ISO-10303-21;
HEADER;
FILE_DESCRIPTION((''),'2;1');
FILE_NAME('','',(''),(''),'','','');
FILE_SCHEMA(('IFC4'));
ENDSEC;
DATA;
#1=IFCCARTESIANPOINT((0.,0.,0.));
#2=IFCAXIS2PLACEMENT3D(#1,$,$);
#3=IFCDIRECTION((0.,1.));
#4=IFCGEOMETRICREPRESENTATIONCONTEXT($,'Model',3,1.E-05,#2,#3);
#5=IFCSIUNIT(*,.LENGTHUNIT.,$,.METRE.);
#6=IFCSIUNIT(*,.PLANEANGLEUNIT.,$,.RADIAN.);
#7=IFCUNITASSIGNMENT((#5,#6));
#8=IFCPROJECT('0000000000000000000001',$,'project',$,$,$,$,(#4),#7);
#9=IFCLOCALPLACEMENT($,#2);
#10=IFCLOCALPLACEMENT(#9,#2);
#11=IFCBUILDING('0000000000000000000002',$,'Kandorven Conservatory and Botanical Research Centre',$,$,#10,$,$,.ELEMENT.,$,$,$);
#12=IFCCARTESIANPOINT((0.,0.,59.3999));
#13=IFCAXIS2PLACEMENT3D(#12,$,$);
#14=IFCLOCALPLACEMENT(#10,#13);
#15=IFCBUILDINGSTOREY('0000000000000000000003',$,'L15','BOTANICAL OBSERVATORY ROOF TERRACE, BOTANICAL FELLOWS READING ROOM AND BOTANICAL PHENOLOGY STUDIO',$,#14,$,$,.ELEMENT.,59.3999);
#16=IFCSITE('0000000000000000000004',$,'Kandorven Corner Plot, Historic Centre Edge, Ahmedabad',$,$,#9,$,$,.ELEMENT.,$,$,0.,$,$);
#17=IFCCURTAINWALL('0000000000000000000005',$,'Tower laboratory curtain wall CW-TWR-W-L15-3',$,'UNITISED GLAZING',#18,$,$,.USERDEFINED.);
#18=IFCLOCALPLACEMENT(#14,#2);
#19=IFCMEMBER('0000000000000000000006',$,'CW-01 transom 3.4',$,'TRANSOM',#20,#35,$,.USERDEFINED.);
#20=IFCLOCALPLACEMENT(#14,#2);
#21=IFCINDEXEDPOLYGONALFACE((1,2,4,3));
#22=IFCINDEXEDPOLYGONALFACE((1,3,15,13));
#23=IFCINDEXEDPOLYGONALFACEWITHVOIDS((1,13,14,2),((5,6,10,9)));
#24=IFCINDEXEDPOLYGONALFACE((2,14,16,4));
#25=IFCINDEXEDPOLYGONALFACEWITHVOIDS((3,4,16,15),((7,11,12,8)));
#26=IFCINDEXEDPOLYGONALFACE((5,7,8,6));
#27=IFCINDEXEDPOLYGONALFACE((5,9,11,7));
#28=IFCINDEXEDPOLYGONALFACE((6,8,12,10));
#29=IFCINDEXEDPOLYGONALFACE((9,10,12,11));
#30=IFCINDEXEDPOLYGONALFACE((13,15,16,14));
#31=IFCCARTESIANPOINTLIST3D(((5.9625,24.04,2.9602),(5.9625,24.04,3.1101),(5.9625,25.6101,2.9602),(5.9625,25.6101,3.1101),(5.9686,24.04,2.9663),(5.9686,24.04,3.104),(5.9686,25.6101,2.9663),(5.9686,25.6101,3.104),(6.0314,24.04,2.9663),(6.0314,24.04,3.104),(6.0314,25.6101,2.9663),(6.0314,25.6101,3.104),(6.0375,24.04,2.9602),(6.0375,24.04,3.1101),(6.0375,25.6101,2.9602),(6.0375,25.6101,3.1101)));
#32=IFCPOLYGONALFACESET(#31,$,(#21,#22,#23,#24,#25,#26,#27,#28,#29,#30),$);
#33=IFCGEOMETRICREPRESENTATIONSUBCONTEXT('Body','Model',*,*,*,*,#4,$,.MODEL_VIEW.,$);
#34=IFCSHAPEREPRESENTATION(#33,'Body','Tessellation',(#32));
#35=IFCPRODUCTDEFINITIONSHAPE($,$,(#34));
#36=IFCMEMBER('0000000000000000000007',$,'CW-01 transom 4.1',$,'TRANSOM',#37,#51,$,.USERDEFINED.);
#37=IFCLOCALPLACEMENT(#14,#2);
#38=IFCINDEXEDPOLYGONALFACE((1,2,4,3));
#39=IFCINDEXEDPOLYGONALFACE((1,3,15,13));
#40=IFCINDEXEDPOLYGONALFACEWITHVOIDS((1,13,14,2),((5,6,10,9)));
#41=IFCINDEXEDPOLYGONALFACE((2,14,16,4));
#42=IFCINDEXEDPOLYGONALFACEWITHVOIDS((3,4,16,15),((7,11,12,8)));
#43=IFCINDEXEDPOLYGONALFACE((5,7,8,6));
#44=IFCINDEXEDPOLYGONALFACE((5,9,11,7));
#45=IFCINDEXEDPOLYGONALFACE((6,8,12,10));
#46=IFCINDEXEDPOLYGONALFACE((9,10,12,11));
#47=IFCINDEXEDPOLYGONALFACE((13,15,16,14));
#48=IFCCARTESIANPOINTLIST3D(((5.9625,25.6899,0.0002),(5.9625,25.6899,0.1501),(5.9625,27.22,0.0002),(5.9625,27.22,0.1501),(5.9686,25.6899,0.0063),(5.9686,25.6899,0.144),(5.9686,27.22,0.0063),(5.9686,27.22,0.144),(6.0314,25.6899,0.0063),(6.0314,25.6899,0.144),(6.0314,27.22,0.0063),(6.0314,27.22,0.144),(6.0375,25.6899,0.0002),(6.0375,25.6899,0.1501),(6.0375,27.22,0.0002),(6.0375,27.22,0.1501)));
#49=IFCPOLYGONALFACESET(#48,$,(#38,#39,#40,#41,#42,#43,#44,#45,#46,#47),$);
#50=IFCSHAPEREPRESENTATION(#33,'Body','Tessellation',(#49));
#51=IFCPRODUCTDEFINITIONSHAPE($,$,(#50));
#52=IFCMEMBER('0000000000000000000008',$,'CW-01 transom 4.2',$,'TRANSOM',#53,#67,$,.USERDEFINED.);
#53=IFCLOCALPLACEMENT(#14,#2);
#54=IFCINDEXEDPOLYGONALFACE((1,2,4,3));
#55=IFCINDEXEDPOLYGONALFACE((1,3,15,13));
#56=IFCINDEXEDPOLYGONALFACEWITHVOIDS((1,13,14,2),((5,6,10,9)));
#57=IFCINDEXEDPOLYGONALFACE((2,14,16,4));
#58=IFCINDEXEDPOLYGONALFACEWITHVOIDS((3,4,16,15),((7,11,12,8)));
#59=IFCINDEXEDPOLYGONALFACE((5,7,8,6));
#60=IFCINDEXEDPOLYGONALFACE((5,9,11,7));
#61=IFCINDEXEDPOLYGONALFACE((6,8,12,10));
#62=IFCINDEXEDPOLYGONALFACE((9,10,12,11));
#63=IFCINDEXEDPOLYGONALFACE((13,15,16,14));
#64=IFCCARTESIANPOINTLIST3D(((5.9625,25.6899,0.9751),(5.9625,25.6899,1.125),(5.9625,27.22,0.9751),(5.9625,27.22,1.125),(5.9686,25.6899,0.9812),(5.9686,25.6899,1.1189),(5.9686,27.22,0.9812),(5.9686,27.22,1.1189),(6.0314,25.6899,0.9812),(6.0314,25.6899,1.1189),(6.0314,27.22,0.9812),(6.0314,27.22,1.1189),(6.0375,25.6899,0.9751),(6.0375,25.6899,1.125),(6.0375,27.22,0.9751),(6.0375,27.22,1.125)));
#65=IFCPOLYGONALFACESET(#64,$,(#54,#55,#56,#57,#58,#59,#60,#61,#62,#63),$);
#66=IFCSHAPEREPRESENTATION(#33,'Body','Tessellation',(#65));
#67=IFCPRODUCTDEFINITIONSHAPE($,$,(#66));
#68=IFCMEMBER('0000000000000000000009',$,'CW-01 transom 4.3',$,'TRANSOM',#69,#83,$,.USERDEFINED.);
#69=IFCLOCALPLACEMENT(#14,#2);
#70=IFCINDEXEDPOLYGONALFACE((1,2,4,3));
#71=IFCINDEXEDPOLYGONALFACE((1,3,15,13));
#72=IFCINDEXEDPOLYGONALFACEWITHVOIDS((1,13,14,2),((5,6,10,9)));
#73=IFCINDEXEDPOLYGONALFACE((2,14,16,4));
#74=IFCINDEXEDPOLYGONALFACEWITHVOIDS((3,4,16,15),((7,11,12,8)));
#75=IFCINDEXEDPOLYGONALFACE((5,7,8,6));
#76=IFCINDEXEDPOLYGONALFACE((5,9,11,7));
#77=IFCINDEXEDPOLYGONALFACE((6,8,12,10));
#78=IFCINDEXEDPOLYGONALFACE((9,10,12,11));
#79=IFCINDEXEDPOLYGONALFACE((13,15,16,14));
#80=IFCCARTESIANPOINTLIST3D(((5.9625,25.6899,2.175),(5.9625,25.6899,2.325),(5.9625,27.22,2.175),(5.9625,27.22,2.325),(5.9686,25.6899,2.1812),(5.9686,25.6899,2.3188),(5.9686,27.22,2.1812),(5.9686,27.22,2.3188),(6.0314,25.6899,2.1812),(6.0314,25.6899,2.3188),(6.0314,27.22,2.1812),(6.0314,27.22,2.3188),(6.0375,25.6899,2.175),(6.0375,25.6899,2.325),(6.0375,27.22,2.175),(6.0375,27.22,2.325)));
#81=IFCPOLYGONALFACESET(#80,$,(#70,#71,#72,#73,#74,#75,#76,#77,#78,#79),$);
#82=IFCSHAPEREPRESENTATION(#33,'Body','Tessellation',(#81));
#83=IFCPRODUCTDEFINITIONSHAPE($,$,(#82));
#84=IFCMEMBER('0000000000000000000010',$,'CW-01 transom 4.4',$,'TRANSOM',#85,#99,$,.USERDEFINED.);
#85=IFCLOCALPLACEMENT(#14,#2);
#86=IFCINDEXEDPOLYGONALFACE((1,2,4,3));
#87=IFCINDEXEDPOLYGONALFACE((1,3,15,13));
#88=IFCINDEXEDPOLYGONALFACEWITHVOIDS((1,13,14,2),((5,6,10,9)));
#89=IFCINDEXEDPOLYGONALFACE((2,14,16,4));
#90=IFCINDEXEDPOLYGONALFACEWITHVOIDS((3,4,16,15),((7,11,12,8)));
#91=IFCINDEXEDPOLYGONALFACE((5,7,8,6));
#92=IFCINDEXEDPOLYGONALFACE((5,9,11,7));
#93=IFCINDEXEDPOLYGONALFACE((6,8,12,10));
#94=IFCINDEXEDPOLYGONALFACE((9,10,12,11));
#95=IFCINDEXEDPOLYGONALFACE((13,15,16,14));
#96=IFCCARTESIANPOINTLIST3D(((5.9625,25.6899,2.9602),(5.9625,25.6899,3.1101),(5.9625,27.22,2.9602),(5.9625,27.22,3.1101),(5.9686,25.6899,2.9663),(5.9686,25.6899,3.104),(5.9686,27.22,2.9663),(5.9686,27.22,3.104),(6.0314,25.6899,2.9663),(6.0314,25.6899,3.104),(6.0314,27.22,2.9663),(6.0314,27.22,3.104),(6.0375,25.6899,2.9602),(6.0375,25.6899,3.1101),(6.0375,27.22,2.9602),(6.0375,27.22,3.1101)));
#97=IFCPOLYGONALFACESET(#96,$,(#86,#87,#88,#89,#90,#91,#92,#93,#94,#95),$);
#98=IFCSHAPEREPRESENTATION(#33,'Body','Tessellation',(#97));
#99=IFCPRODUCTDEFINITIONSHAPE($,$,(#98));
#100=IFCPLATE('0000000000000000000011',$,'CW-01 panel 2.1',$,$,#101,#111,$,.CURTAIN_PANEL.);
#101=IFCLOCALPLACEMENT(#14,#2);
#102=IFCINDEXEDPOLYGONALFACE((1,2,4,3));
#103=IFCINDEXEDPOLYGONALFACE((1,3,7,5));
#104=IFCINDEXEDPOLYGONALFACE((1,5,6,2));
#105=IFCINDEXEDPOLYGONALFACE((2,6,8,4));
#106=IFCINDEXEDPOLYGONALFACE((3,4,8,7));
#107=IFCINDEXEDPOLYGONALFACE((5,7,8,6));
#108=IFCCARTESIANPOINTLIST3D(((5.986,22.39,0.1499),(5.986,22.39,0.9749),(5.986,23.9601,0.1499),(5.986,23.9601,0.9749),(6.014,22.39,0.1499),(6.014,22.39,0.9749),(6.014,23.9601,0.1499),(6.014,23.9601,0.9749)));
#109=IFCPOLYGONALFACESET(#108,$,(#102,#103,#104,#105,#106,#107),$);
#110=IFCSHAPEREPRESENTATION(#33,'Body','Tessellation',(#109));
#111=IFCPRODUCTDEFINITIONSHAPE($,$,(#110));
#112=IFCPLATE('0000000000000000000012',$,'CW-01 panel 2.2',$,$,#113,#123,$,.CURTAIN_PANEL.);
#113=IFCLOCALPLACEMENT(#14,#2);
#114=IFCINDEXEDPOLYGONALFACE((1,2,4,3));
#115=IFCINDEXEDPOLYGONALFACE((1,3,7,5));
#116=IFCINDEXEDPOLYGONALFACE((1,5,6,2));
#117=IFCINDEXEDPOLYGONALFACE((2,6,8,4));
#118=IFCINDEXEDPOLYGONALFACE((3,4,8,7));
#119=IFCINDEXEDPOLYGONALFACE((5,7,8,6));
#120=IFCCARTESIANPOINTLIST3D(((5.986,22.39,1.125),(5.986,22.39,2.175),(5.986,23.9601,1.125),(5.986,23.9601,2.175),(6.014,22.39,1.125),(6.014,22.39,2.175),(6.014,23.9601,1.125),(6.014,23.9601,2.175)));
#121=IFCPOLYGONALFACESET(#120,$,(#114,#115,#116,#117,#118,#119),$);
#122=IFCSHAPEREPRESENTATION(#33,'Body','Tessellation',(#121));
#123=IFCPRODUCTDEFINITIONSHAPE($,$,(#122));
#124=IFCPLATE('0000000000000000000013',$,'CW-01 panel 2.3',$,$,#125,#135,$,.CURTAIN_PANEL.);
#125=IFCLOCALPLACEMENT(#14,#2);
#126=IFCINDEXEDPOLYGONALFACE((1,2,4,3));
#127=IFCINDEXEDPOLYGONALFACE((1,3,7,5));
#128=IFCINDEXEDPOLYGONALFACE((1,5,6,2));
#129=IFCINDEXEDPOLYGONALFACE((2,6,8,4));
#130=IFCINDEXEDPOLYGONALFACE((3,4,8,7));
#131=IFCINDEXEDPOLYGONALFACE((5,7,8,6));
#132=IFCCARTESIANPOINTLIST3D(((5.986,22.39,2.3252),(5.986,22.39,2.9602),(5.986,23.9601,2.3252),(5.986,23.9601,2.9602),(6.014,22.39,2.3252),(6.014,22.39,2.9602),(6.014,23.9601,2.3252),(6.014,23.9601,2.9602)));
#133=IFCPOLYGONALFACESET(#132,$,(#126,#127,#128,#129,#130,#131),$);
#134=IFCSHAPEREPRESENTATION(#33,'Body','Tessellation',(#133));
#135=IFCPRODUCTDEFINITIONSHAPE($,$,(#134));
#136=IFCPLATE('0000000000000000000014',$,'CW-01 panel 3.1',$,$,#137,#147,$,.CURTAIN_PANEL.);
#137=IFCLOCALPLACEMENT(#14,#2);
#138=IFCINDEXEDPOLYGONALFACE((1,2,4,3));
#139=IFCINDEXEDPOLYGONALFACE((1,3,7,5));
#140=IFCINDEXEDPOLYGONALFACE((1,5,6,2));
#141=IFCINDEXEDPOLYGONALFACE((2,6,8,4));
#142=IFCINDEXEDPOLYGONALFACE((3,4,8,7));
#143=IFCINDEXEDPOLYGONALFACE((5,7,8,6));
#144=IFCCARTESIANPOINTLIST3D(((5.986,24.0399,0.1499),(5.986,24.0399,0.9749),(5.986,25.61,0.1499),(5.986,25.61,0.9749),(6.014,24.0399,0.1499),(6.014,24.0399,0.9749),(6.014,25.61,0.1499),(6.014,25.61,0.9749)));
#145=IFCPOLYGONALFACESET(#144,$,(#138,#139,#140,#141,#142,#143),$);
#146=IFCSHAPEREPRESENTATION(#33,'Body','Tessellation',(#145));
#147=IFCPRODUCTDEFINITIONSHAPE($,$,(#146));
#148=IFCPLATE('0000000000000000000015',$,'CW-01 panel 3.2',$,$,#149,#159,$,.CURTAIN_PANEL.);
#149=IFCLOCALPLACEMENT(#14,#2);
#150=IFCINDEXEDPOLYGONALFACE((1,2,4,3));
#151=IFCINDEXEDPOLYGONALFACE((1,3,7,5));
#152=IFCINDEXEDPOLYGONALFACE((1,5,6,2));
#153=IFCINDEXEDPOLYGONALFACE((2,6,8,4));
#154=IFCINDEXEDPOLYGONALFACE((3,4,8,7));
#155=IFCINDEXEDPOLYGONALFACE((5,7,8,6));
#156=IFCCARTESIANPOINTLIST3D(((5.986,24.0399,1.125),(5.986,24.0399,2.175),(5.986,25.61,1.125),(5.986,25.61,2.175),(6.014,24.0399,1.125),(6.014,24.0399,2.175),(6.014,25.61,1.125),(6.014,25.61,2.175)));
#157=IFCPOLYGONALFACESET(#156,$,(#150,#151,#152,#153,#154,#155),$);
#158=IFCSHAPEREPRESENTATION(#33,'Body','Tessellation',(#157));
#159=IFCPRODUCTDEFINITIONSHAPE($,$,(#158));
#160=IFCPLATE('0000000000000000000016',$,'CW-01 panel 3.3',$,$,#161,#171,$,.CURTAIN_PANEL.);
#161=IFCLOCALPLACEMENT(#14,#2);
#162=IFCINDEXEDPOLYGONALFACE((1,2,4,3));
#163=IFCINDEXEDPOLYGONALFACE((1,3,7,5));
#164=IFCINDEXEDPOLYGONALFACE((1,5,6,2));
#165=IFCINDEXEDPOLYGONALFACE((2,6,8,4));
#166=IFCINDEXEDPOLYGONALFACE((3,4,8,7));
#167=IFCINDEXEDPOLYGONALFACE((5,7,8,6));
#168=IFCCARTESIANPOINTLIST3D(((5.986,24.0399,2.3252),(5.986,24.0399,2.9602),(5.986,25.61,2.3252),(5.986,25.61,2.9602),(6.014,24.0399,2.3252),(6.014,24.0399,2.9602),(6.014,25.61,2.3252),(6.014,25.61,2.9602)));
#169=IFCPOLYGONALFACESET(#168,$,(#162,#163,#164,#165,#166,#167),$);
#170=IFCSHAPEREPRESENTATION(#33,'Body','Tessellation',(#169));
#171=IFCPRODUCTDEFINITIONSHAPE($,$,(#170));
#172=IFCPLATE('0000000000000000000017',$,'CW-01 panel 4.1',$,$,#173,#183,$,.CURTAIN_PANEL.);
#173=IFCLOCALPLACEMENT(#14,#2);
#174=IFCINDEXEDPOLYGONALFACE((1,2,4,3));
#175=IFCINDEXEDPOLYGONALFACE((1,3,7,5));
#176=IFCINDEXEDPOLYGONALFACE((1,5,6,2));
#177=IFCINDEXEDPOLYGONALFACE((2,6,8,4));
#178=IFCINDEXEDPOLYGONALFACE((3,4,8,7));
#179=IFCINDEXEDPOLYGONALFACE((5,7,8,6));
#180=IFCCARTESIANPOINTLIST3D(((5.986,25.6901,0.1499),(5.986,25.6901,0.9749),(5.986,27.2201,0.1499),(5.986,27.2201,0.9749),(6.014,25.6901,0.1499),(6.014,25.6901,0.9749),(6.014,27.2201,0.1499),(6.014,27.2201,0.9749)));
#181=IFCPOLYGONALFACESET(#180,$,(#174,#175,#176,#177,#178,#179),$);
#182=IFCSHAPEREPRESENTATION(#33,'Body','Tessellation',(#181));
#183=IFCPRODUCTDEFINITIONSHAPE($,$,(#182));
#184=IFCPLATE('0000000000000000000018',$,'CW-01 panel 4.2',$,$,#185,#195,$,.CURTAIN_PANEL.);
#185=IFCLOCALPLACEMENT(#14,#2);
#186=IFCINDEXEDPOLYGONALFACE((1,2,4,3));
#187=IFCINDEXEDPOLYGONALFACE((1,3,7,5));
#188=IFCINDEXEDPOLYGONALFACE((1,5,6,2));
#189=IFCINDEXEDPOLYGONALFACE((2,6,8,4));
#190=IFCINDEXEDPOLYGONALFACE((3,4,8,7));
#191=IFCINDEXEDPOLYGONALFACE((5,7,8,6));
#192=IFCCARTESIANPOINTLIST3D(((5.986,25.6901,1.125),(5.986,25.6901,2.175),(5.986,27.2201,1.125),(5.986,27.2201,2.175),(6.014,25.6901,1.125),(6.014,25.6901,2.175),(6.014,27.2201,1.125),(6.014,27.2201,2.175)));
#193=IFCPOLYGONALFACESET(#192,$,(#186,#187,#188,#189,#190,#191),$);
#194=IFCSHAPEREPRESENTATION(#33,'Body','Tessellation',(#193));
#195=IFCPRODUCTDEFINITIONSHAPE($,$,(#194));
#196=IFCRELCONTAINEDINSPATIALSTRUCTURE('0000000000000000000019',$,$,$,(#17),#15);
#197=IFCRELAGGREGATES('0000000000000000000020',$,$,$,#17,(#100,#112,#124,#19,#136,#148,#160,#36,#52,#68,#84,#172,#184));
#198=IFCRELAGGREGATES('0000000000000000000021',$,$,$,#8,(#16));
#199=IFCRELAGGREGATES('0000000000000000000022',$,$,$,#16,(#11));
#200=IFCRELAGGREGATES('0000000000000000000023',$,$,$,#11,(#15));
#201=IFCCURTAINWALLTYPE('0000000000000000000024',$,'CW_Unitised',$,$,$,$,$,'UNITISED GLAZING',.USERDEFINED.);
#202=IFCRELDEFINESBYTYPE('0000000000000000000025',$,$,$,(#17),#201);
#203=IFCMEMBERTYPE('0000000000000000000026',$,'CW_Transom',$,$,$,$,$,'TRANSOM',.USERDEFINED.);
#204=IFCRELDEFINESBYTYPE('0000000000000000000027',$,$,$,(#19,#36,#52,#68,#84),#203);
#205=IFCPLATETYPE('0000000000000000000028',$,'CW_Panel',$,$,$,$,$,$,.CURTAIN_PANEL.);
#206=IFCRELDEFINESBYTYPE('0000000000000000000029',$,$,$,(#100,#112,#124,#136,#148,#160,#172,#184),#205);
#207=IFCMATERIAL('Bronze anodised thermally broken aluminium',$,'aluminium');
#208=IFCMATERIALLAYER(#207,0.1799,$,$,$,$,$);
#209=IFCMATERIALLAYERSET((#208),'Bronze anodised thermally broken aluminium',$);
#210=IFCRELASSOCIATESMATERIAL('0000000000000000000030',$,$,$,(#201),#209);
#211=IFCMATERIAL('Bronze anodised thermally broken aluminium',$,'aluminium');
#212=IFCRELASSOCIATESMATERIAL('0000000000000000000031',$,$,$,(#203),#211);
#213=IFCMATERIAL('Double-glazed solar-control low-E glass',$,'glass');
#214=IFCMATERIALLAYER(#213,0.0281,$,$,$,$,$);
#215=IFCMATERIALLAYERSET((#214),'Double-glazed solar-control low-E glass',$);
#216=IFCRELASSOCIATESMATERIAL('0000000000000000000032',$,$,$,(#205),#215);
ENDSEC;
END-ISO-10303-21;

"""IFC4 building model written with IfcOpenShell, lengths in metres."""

from ifc_helpers import new_model, si_unit, direction, frame, origin, origin_2d, place, context, subcontext, project, spatial, rectangle, hollow_rectangle, extrude, material, layer, layer_set, material_profile, profile_set, type_object, element, aggregate, save


model = new_model("IFC4")

# Units and contexts
model_context = context("Model", 3, precision=1e-05, world=origin(), true_north=direction((0.0, 1.0)))
body_context = subcontext(model_context, "Body", "Model", "MODEL_VIEW")
ifc_project = project(units=[si_unit("LENGTHUNIT", "METRE"), si_unit("PLANEANGLEUNIT", "RADIAN")], contexts=[model_context])

# Site, building, storey
site_placement = place(None, origin())
site = spatial("IfcSite", under=ifc_project, at=site_placement, Name="Kandorven Corner Plot, Historic Centre Edge, Ahmedabad", CompositionType="ELEMENT", RefElevation=0.0)
building_placement = place(site_placement, origin())
building = spatial("IfcBuilding", under=site, at=building_placement, Name="Kandorven Conservatory and Botanical Research Centre", CompositionType="ELEMENT")
storey_placement = place(building_placement, frame((0.0, 0.0, 59.3999)))
storey = spatial("IfcBuildingStorey", under=building, at=storey_placement, Name="L15", Description="BOTANICAL OBSERVATORY ROOF TERRACE, BOTANICAL FELLOWS READING ROOM AND BOTANICAL PHENOLOGY STUDIO", CompositionType="ELEMENT", Elevation=59.3999)

# Curtain wall, members, plates
ifc_material_1 = material(Name="Bronze anodised thermally broken aluminium", Category="aluminium")
ifc_layer_1 = layer(ifc_material_1, 0.1799)
ifc_layer_set_1 = layer_set([ifc_layer_1], Name="Bronze anodised thermally broken aluminium")
curtain_wall_type = type_object("IfcCurtainWallType", Name="CW_Unitised", ElementType="UNITISED GLAZING", PredefinedType="USERDEFINED", material=ifc_layer_set_1)
curtain_wall_placement = place(storey_placement, origin())
curtain_wall = element("IfcCurtainWall", 1, at=curtain_wall_placement, inside=storey, type_object=curtain_wall_type, Name="Tower laboratory curtain wall CW-TWR-W-L15-3", ObjectType="UNITISED GLAZING", PredefinedType="USERDEFINED")
ifc_material_2 = material(Name="Bronze anodised thermally broken aluminium", Category="aluminium")
ifc_material_profile_1 = material_profile(ifc_material_2, hollow_rectangle(XDim=0.075, YDim=0.1499, WallThickness=0.0061, at=origin_2d()))
ifc_profile_set_1 = profile_set([ifc_material_profile_1], Name="Bronze anodised thermally broken aluminium")
member_type_1 = type_object("IfcMemberType", Name="CW_Transom", ElementType="TRANSOM", PredefinedType="USERDEFINED", material=ifc_profile_set_1)
member_1_placement = place(storey_placement, frame((6.0, 24.04, 3.0352), z_axis=(0.0, 1.0, 0.0), x_axis=(-1.0, 0.0, 0.0)))
member_1 = element("IfcMember", 2, at=member_1_placement, type_object=member_type_1, Name="CW-01 transom 3.4", ObjectType="TRANSOM", PredefinedType="USERDEFINED", context=body_context, shape_type="SweptSolid", body=[
    extrude(hollow_rectangle(XDim=0.075, YDim=0.1499, WallThickness=0.0061, at=origin_2d()), origin(), (0.0, 0.0, 1.0), 1.5701),
])
member_2_placement = place(storey_placement, frame((6.0, 25.6899, 0.0752), z_axis=(0.0, 1.0, 0.0), x_axis=(-1.0, 0.0, 0.0)))
member_2 = element("IfcMember", 3, at=member_2_placement, type_object=member_type_1, Name="CW-01 transom 4.1", ObjectType="TRANSOM", PredefinedType="USERDEFINED", context=body_context, shape_type="SweptSolid", body=[
    extrude(hollow_rectangle(XDim=0.075, YDim=0.1499, WallThickness=0.0061, at=origin_2d()), origin(), (0.0, 0.0, 1.0), 1.53),
])
member_3_placement = place(storey_placement, frame((6.0, 25.6899, 1.05), z_axis=(0.0, 1.0, 0.0), x_axis=(-1.0, 0.0, 0.0)))
member_3 = element("IfcMember", 4, at=member_3_placement, type_object=member_type_1, Name="CW-01 transom 4.2", ObjectType="TRANSOM", PredefinedType="USERDEFINED", context=body_context, shape_type="SweptSolid", body=[
    extrude(hollow_rectangle(XDim=0.075, YDim=0.1499, WallThickness=0.0061, at=origin_2d()), origin(), (0.0, 0.0, 1.0), 1.53),
])
member_4_placement = place(storey_placement, frame((6.0, 25.6899, 2.25), z_axis=(0.0, 1.0, 0.0), x_axis=(-1.0, 0.0, 0.0)))
member_4 = element("IfcMember", 5, at=member_4_placement, type_object=member_type_1, Name="CW-01 transom 4.3", ObjectType="TRANSOM", PredefinedType="USERDEFINED", context=body_context, shape_type="SweptSolid", body=[
    extrude(hollow_rectangle(XDim=0.075, YDim=0.1499, WallThickness=0.0061, at=origin_2d()), origin(), (0.0, 0.0, 1.0), 1.53),
])
member_5_placement = place(storey_placement, frame((6.0, 25.6899, 3.0352), z_axis=(0.0, 1.0, 0.0), x_axis=(-1.0, 0.0, 0.0)))
member_5 = element("IfcMember", 6, at=member_5_placement, type_object=member_type_1, Name="CW-01 transom 4.4", ObjectType="TRANSOM", PredefinedType="USERDEFINED", context=body_context, shape_type="SweptSolid", body=[
    extrude(hollow_rectangle(XDim=0.075, YDim=0.1499, WallThickness=0.0061, at=origin_2d()), origin(), (0.0, 0.0, 1.0), 1.53),
])
ifc_material_3 = material(Name="Double-glazed solar-control low-E glass", Category="glass")
ifc_layer_2 = layer(ifc_material_3, 0.0281)
ifc_layer_set_2 = layer_set([ifc_layer_2], Name="Double-glazed solar-control low-E glass")
plate_type_1 = type_object("IfcPlateType", Name="CW_Panel", PredefinedType="CURTAIN_PANEL", material=ifc_layer_set_2)
plate_1_placement = place(storey_placement, frame((6.0, 23.175, 0.1499), z_axis=(0.0, 0.0, 1.0), x_axis=(0.0, 1.0, 0.0)))
plate_1 = element("IfcPlate", 7, at=plate_1_placement, type_object=plate_type_1, Name="CW-01 panel 2.1", PredefinedType="CURTAIN_PANEL", context=body_context, shape_type="SweptSolid", body=[
    extrude(rectangle(XDim=1.5701, YDim=0.0281, at=origin_2d()), origin(), (0.0, 0.0, 1.0), 0.825),
])
plate_2_placement = place(storey_placement, frame((6.0, 23.175, 1.125), z_axis=(0.0, 0.0, 1.0), x_axis=(0.0, 1.0, 0.0)))
plate_2 = element("IfcPlate", 8, at=plate_2_placement, type_object=plate_type_1, Name="CW-01 panel 2.2", PredefinedType="CURTAIN_PANEL", context=body_context, shape_type="SweptSolid", body=[
    extrude(rectangle(XDim=1.5701, YDim=0.0281, at=origin_2d()), origin(), (0.0, 0.0, 1.0), 1.05),
])
plate_3_placement = place(storey_placement, frame((6.0, 23.175, 2.3252), z_axis=(0.0, 0.0, 1.0), x_axis=(0.0, 1.0, 0.0)))
plate_3 = element("IfcPlate", 9, at=plate_3_placement, type_object=plate_type_1, Name="CW-01 panel 2.3", PredefinedType="CURTAIN_PANEL", context=body_context, shape_type="SweptSolid", body=[
    extrude(rectangle(XDim=1.5701, YDim=0.0281, at=origin_2d()), origin(), (0.0, 0.0, 1.0), 0.635),
])
plate_4_placement = place(storey_placement, frame((6.0, 24.825, 0.1499), z_axis=(0.0, 0.0, 1.0), x_axis=(0.0, 1.0, 0.0)))
plate_4 = element("IfcPlate", 10, at=plate_4_placement, type_object=plate_type_1, Name="CW-01 panel 3.1", PredefinedType="CURTAIN_PANEL", context=body_context, shape_type="SweptSolid", body=[
    extrude(rectangle(XDim=1.5701, YDim=0.0281, at=origin_2d()), origin(), (0.0, 0.0, 1.0), 0.825),
])
plate_5_placement = place(storey_placement, frame((6.0, 24.825, 1.125), z_axis=(0.0, 0.0, 1.0), x_axis=(0.0, 1.0, 0.0)))
plate_5 = element("IfcPlate", 11, at=plate_5_placement, type_object=plate_type_1, Name="CW-01 panel 3.2", PredefinedType="CURTAIN_PANEL", context=body_context, shape_type="SweptSolid", body=[
    extrude(rectangle(XDim=1.5701, YDim=0.0281, at=origin_2d()), origin(), (0.0, 0.0, 1.0), 1.05),
])
plate_6_placement = place(storey_placement, frame((6.0, 24.825, 2.3252), z_axis=(0.0, 0.0, 1.0), x_axis=(0.0, 1.0, 0.0)))
plate_6 = element("IfcPlate", 12, at=plate_6_placement, type_object=plate_type_1, Name="CW-01 panel 3.3", PredefinedType="CURTAIN_PANEL", context=body_context, shape_type="SweptSolid", body=[
    extrude(rectangle(XDim=1.5701, YDim=0.0281, at=origin_2d()), origin(), (0.0, 0.0, 1.0), 0.635),
])
plate_7_placement = place(storey_placement, frame((6.0, 26.4551, 0.1499), z_axis=(0.0, 0.0, 1.0), x_axis=(0.0, 1.0, 0.0)))
plate_7 = element("IfcPlate", 13, at=plate_7_placement, type_object=plate_type_1, Name="CW-01 panel 4.1", PredefinedType="CURTAIN_PANEL", context=body_context, shape_type="SweptSolid", body=[
    extrude(rectangle(XDim=1.53, YDim=0.0281, at=origin_2d()), origin(), (0.0, 0.0, 1.0), 0.825),
])
plate_8_placement = place(storey_placement, frame((6.0, 26.4551, 1.125), z_axis=(0.0, 0.0, 1.0), x_axis=(0.0, 1.0, 0.0)))
plate_8 = element("IfcPlate", 14, at=plate_8_placement, type_object=plate_type_1, Name="CW-01 panel 4.2", PredefinedType="CURTAIN_PANEL", context=body_context, shape_type="SweptSolid", body=[
    extrude(rectangle(XDim=1.53, YDim=0.0281, at=origin_2d()), origin(), (0.0, 0.0, 1.0), 1.05),
])
aggregate(curtain_wall, [plate_1, plate_2, plate_3, member_1, plate_4, plate_5, plate_6, member_2, member_3, member_4, member_5, plate_7, plate_8])

save(model, "model.ifc")
